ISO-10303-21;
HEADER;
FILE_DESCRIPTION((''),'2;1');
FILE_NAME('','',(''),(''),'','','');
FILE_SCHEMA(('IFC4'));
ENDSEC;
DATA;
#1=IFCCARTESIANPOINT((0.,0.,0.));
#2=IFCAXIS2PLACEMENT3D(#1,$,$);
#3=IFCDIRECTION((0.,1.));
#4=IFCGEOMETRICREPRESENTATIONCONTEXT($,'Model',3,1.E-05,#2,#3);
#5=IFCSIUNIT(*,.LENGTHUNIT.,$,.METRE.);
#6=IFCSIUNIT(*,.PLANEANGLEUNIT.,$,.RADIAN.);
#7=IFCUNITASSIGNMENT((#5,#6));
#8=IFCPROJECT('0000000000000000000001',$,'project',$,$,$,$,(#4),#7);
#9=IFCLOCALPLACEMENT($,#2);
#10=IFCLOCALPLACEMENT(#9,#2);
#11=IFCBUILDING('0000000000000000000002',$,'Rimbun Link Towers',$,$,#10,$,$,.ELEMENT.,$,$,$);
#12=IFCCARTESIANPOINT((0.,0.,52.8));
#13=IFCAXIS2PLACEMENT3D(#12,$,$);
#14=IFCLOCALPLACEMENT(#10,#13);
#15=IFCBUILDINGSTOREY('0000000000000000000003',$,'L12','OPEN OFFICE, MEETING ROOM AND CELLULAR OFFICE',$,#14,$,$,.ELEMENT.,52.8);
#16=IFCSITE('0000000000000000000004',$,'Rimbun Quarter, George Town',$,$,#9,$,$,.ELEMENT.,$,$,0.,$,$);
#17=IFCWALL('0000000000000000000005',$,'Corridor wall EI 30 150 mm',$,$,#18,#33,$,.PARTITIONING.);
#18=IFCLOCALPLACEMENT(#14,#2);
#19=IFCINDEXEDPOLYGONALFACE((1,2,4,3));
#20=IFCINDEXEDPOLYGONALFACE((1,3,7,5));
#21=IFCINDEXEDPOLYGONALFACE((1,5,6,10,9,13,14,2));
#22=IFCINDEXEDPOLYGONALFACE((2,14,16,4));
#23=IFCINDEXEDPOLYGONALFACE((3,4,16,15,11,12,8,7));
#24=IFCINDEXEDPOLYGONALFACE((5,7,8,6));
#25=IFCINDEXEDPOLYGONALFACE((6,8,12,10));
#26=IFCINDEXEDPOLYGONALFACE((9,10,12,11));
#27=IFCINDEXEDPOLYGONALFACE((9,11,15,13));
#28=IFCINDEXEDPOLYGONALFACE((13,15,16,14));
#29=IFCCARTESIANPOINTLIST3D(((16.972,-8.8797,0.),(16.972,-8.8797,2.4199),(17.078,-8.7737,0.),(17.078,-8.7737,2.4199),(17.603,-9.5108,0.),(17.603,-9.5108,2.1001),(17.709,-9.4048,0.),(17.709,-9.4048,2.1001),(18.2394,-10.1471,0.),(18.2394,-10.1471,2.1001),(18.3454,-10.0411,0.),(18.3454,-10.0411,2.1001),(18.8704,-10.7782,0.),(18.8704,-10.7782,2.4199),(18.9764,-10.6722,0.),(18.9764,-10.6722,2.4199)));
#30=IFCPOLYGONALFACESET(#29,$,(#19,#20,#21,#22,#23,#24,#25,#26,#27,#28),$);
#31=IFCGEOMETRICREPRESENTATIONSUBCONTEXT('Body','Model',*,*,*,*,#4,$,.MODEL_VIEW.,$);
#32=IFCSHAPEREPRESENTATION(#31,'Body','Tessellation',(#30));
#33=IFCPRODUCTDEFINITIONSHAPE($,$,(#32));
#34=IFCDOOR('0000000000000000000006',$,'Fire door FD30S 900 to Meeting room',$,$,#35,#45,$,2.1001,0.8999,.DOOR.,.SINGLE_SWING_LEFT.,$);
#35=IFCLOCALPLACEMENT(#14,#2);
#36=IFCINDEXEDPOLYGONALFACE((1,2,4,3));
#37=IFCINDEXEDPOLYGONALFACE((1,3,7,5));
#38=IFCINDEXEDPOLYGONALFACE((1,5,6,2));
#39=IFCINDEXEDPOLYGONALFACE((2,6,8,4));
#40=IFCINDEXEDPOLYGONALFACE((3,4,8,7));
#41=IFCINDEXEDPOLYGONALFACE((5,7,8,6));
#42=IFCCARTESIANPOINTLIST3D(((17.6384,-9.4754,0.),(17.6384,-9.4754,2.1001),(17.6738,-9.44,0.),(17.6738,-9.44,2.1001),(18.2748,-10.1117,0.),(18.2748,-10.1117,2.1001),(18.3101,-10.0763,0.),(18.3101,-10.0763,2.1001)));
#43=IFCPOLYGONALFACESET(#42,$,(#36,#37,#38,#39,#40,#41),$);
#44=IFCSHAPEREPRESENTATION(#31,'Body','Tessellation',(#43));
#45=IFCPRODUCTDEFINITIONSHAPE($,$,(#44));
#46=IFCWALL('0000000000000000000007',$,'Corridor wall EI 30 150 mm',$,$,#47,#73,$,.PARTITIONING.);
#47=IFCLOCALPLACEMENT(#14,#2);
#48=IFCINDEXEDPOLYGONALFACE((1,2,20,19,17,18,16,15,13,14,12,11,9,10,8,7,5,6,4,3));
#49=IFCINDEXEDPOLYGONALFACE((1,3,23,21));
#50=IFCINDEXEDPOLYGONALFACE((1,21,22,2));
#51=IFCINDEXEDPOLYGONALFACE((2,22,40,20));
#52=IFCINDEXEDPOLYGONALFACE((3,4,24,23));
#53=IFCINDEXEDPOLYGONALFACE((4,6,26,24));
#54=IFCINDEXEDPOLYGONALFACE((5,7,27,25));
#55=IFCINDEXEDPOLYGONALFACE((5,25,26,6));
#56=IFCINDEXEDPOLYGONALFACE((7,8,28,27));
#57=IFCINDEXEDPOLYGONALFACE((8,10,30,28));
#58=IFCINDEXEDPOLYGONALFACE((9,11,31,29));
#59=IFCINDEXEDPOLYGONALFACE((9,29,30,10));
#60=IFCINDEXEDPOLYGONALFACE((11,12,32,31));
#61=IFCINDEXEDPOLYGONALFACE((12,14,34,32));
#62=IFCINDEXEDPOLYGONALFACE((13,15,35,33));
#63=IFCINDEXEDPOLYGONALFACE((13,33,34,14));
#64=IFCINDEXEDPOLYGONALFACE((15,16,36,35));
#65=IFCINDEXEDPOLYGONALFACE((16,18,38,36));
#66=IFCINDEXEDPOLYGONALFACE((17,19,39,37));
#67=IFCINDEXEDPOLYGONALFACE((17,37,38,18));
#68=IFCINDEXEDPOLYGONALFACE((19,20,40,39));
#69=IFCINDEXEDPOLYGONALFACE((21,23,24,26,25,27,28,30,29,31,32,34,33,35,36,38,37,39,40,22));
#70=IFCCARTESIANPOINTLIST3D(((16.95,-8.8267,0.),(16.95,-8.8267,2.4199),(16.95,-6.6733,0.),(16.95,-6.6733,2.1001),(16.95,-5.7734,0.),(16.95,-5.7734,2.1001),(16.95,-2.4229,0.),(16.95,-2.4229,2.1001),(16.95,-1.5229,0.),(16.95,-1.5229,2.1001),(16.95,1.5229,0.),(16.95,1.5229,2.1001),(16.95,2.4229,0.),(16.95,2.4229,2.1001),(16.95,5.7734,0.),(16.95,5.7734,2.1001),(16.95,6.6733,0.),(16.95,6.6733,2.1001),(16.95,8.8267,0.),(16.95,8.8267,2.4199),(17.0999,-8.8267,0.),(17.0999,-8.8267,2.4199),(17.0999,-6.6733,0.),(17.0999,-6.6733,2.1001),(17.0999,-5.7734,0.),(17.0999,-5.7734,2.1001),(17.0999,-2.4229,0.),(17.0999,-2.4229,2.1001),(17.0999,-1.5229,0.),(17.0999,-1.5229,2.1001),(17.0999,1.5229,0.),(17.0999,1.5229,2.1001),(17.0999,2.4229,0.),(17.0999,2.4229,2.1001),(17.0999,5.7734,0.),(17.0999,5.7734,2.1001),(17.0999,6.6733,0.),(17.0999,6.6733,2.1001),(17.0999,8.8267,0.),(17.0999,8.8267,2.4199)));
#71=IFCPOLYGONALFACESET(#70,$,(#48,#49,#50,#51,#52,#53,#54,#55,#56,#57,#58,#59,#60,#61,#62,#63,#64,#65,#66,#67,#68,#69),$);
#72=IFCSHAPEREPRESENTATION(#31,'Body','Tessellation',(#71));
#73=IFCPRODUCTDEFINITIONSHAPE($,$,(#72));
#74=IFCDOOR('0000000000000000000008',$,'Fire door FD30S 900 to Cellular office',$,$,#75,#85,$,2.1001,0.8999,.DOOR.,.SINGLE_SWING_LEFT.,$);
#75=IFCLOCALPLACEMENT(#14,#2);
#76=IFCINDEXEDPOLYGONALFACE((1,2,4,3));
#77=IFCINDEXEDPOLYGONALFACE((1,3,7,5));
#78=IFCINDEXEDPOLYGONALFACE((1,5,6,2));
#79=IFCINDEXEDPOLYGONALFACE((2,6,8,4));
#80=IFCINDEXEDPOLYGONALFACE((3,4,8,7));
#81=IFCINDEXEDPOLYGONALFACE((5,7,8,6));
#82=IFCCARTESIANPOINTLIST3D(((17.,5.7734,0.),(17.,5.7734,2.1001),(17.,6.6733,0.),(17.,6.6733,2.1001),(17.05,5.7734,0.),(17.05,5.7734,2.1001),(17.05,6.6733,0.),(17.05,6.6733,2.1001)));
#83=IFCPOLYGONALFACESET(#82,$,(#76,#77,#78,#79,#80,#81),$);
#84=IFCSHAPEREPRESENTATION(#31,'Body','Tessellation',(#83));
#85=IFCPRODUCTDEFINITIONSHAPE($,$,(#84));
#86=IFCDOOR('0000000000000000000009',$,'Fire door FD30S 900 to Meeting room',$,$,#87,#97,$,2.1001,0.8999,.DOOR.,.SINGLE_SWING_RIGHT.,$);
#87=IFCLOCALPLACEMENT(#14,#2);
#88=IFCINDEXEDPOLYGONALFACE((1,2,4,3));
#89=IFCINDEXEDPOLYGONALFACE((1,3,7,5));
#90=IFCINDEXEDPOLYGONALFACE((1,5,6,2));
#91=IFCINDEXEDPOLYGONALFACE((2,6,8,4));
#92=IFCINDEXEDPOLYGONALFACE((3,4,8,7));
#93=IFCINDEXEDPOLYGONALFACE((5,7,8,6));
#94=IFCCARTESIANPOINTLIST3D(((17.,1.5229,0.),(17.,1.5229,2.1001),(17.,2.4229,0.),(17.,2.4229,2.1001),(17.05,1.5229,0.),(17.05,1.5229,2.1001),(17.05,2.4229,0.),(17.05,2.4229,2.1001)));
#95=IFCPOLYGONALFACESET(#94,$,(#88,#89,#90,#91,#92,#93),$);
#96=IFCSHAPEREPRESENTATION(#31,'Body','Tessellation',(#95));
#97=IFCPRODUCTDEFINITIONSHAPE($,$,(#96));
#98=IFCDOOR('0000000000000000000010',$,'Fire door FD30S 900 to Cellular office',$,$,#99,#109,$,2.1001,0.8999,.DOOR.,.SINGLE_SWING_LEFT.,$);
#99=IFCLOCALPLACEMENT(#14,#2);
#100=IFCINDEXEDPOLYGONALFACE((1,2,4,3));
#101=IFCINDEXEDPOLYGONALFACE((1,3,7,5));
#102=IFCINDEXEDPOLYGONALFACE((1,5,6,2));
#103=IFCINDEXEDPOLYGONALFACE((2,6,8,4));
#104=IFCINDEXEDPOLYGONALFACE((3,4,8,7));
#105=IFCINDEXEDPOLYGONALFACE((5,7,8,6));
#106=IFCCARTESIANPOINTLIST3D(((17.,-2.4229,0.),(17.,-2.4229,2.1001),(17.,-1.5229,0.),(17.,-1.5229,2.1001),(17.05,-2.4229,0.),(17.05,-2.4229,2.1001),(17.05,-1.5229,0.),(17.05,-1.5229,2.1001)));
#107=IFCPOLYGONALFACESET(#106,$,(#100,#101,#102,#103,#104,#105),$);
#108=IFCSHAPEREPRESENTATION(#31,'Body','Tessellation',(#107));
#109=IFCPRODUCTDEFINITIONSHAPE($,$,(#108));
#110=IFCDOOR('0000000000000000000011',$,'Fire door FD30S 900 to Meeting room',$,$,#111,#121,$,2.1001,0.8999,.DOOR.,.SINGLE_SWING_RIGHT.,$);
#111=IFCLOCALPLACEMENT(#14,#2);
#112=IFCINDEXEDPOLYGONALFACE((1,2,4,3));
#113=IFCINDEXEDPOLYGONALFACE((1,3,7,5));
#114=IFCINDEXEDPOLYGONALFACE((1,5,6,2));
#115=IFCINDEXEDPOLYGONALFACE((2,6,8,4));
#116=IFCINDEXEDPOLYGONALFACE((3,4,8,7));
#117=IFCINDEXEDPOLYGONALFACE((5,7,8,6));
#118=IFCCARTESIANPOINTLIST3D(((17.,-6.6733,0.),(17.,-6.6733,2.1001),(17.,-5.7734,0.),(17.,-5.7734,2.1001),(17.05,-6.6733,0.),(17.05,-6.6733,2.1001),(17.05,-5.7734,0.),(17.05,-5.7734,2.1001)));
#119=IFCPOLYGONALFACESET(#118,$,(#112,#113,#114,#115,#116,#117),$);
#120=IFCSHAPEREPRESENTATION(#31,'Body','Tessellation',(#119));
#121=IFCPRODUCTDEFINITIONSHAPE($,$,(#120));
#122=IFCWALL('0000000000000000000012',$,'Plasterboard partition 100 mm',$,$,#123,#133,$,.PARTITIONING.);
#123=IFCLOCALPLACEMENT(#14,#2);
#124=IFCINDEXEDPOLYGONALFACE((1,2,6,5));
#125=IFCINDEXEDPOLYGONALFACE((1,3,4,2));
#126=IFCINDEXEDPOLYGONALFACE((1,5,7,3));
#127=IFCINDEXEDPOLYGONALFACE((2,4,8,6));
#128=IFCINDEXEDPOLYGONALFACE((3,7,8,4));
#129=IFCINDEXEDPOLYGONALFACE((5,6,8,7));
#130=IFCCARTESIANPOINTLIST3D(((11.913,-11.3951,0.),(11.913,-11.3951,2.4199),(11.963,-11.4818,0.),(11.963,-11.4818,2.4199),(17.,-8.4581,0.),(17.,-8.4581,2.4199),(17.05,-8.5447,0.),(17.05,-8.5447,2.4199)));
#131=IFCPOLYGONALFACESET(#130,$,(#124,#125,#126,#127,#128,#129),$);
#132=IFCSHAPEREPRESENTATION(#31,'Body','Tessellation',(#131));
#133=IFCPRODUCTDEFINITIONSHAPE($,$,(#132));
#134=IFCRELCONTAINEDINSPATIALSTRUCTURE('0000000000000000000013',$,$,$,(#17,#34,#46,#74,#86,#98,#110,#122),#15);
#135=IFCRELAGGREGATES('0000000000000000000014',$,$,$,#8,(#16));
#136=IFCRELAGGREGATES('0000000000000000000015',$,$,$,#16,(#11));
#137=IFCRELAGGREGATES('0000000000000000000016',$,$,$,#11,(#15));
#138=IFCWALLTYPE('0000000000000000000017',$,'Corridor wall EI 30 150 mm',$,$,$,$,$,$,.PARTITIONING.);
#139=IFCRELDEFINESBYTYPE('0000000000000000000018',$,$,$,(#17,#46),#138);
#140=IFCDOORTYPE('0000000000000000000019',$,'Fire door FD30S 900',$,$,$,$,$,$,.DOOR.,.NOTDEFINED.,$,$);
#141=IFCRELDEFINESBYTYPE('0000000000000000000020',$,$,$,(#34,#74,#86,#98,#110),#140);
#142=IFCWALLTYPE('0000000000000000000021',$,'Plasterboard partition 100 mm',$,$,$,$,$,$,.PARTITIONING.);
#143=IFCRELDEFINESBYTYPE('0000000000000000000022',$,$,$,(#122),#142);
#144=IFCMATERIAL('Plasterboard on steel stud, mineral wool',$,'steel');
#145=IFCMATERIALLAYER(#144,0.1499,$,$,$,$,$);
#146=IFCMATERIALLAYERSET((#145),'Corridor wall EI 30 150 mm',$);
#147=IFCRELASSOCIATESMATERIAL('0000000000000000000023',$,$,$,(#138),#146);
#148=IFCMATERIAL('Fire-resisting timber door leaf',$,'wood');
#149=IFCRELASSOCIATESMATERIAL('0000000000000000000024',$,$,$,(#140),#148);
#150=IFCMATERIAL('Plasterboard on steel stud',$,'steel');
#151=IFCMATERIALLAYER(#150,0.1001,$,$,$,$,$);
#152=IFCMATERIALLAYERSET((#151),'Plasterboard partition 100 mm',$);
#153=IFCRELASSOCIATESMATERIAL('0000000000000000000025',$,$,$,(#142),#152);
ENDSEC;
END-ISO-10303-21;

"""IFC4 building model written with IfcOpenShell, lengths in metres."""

from ifc_helpers import new_model, si_unit, direction, frame, frame_2d, origin, place, context, subcontext, project, spatial, rectangle, extrude, material, layer, layer_set, type_object, element, fill, save


model = new_model("IFC4")

# Units and contexts
model_context = context("Model", 3, precision=1e-05, world=origin(), true_north=direction((0.0, 1.0)))
body_context = subcontext(model_context, "Body", "Model", "MODEL_VIEW")
ifc_project = project(units=[si_unit("LENGTHUNIT", "METRE"), si_unit("PLANEANGLEUNIT", "RADIAN")], contexts=[model_context])

# Site, building, storey
site_placement = place(None, origin())
site = spatial("IfcSite", under=ifc_project, at=site_placement, Name="Rimbun Quarter, George Town", CompositionType="ELEMENT", RefElevation=0.0)
building_placement = place(site_placement, origin())
building = spatial("IfcBuilding", under=site, at=building_placement, Name="Rimbun Link Towers", CompositionType="ELEMENT")
storey_placement = place(building_placement, frame((0.0, 0.0, 52.8)))
storey = spatial("IfcBuildingStorey", under=building, at=storey_placement, Name="L12", Description="OPEN OFFICE, MEETING ROOM AND CELLULAR OFFICE", CompositionType="ELEMENT", Elevation=52.8)

# Wall, opening, door
ifc_material_1 = material(Name="Plasterboard on steel stud, mineral wool", Category="steel")
ifc_layer_1 = layer(ifc_material_1, 0.1499)
ifc_layer_set_1 = layer_set([ifc_layer_1], Name="Corridor wall EI 30 150 mm")
wall_type_1 = type_object("IfcWallType", Name="Corridor wall EI 30 150 mm", PredefinedType="PARTITIONING", material=ifc_layer_set_1)
wall_1_placement = place(storey_placement, frame((18.9233, -10.7251, 0.0), z_axis=(0.0, 0.0, 1.0), x_axis=(-0.707107, 0.707107, 0.0)))
wall_1 = element("IfcWall", 1, at=wall_1_placement, inside=storey, type_object=wall_type_1, Name="Corridor wall EI 30 150 mm", PredefinedType="PARTITIONING", context=body_context, shape_type="SweptSolid", body=[
    extrude(rectangle(XDim=2.6848, YDim=0.1499, at=frame_2d((1.3423, 0.0))), origin(), (0.0, 0.0, 1.0), 2.4199),
])
opening_1_placement = place(wall_1_placement, frame((0.8923, 0.0, 0.0)))
opening_1 = element("IfcOpeningElement", 2, at=opening_1_placement, cuts=wall_1, PredefinedType="OPENING", context=body_context, shape_type="SweptSolid", body=[
    extrude(rectangle(XDim=0.8999, YDim=2.1001, at=frame_2d((0.45, 1.05))), frame((0.0, 0.085, 0.0), z_axis=(0.0, -1.0, 0.0), x_axis=(1.0, 0.0, 0.0)), (0.0, 0.0, 1.0), 0.1699),
])
ifc_material_2 = material(Name="Fire-resisting timber door leaf", Category="wood")
door_type_1 = type_object("IfcDoorType", Name="Fire door FD30S 900", OperationType="NOTDEFINED", PredefinedType="DOOR", material=ifc_material_2)
door_1_placement = place(opening_1_placement, origin())
door_1 = element("IfcDoor", 3, at=door_1_placement, inside=storey, type_object=door_type_1, Name="Fire door FD30S 900 to Meeting room", OperationType="SINGLE_SWING_LEFT", OverallHeight=2.1001, OverallWidth=0.8999, PredefinedType="DOOR", context=body_context, shape_type="SweptSolid", body=[
    extrude(rectangle(XDim=0.8999, YDim=2.1001, at=frame_2d((0.45, 1.05))), frame((0.0, 0.0249, 0.0), z_axis=(0.0, -1.0, 0.0), x_axis=(1.0, 0.0, 0.0)), (0.0, 0.0, 1.0), 0.05),
])
fill(opening_1, door_1)

# Wall, openings, doors
wall_2_placement = place(storey_placement, frame((17.0249, -8.8267, 0.0), z_axis=(0.0, 0.0, 1.0), x_axis=(0.0, 1.0, 0.0)))
wall_2 = element("IfcWall", 4, at=wall_2_placement, inside=storey, type_object=wall_type_1, Name="Corridor wall EI 30 150 mm", PredefinedType="PARTITIONING", context=body_context, shape_type="SweptSolid", body=[
    extrude(rectangle(XDim=17.6533, YDim=0.1499, at=frame_2d((8.8267, 0.0))), origin(), (0.0, 0.0, 1.0), 2.4199),
])
opening_2_placement = place(wall_2_placement, frame((14.6001, 0.0, 0.0)))
opening_2 = element("IfcOpeningElement", 5, at=opening_2_placement, cuts=wall_2, PredefinedType="OPENING", context=body_context, shape_type="SweptSolid", body=[
    extrude(rectangle(XDim=0.8999, YDim=2.1001, at=frame_2d((0.45, 1.05))), frame((0.0, 0.085, 0.0), z_axis=(0.0, -1.0, 0.0), x_axis=(1.0, 0.0, 0.0)), (0.0, 0.0, 1.0), 0.1699),
])
opening_3_placement = place(wall_2_placement, frame((10.3496, 0.0, 0.0)))
opening_3 = element("IfcOpeningElement", 6, at=opening_3_placement, cuts=wall_2, PredefinedType="OPENING", context=body_context, shape_type="SweptSolid", body=[
    extrude(rectangle(XDim=0.8999, YDim=2.1001, at=frame_2d((0.45, 1.05))), frame((0.0, 0.085, 0.0), z_axis=(0.0, -1.0, 0.0), x_axis=(1.0, 0.0, 0.0)), (0.0, 0.0, 1.0), 0.1699),
])
opening_4_placement = place(wall_2_placement, frame((6.4038, 0.0, 0.0)))
opening_4 = element("IfcOpeningElement", 7, at=opening_4_placement, cuts=wall_2, PredefinedType="OPENING", context=body_context, shape_type="SweptSolid", body=[
    extrude(rectangle(XDim=0.8999, YDim=2.1001, at=frame_2d((0.45, 1.05))), frame((0.0, 0.085, 0.0), z_axis=(0.0, -1.0, 0.0), x_axis=(1.0, 0.0, 0.0)), (0.0, 0.0, 1.0), 0.1699),
])
opening_5_placement = place(wall_2_placement, frame((2.1533, 0.0, 0.0)))
opening_5 = element("IfcOpeningElement", 8, at=opening_5_placement, cuts=wall_2, PredefinedType="OPENING", context=body_context, shape_type="SweptSolid", body=[
    extrude(rectangle(XDim=0.8999, YDim=2.1001, at=frame_2d((0.45, 1.05))), frame((0.0, 0.085, 0.0), z_axis=(0.0, -1.0, 0.0), x_axis=(1.0, 0.0, 0.0)), (0.0, 0.0, 1.0), 0.1699),
])
door_2_placement = place(opening_2_placement, origin())
door_2 = element("IfcDoor", 9, at=door_2_placement, inside=storey, type_object=door_type_1, Name="Fire door FD30S 900 to Cellular office", OperationType="SINGLE_SWING_LEFT", OverallHeight=2.1001, OverallWidth=0.8999, PredefinedType="DOOR", context=body_context, shape_type="SweptSolid", body=[
    extrude(rectangle(XDim=0.8999, YDim=2.1001, at=frame_2d((0.45, 1.05))), frame((0.0, 0.0249, 0.0), z_axis=(0.0, -1.0, 0.0), x_axis=(1.0, 0.0, 0.0)), (0.0, 0.0, 1.0), 0.05),
])
fill(opening_2, door_2)
door_3_placement = place(opening_3_placement, origin())
door_3 = element("IfcDoor", 10, at=door_3_placement, inside=storey, type_object=door_type_1, Name="Fire door FD30S 900 to Meeting room", OperationType="SINGLE_SWING_RIGHT", OverallHeight=2.1001, OverallWidth=0.8999, PredefinedType="DOOR", context=body_context, shape_type="SweptSolid", body=[
    extrude(rectangle(XDim=0.8999, YDim=2.1001, at=frame_2d((0.45, 1.05))), frame((0.0, 0.0249, 0.0), z_axis=(0.0, -1.0, 0.0), x_axis=(1.0, 0.0, 0.0)), (0.0, 0.0, 1.0), 0.05),
])
fill(opening_3, door_3)
door_4_placement = place(opening_4_placement, origin())
door_4 = element("IfcDoor", 11, at=door_4_placement, inside=storey, type_object=door_type_1, Name="Fire door FD30S 900 to Cellular office", OperationType="SINGLE_SWING_LEFT", OverallHeight=2.1001, OverallWidth=0.8999, PredefinedType="DOOR", context=body_context, shape_type="SweptSolid", body=[
    extrude(rectangle(XDim=0.8999, YDim=2.1001, at=frame_2d((0.45, 1.05))), frame((0.0, 0.0249, 0.0), z_axis=(0.0, -1.0, 0.0), x_axis=(1.0, 0.0, 0.0)), (0.0, 0.0, 1.0), 0.05),
])
fill(opening_4, door_4)
door_5_placement = place(opening_5_placement, origin())
door_5 = element("IfcDoor", 12, at=door_5_placement, inside=storey, type_object=door_type_1, Name="Fire door FD30S 900 to Meeting room", OperationType="SINGLE_SWING_RIGHT", OverallHeight=2.1001, OverallWidth=0.8999, PredefinedType="DOOR", context=body_context, shape_type="SweptSolid", body=[
    extrude(rectangle(XDim=0.8999, YDim=2.1001, at=frame_2d((0.45, 1.05))), frame((0.0, 0.0249, 0.0), z_axis=(0.0, -1.0, 0.0), x_axis=(1.0, 0.0, 0.0)), (0.0, 0.0, 1.0), 0.05),
])
fill(opening_5, door_5)

# Wall
ifc_material_3 = material(Name="Plasterboard on steel stud", Category="steel")
ifc_layer_2 = layer(ifc_material_3, 0.1001)
ifc_layer_set_2 = layer_set([ifc_layer_2], Name="Plasterboard partition 100 mm")
wall_type_2 = type_object("IfcWallType", Name="Plasterboard partition 100 mm", PredefinedType="PARTITIONING", material=ifc_layer_set_2)
wall_3_placement = place(storey_placement, frame((11.938, -11.4385, 0.0), z_axis=(0.0, 0.0, 1.0), x_axis=(0.866019, 0.50001, 0.0)))
element("IfcWall", 13, at=wall_3_placement, inside=storey, type_object=wall_type_2, Name="Plasterboard partition 100 mm", PredefinedType="PARTITIONING", context=body_context, shape_type="SweptSolid", body=[
    extrude(rectangle(XDim=5.874, YDim=0.1001, at=frame_2d((2.937, 0.0))), origin(), (0.0, 0.0, 1.0), 2.4199),
])

save(model, "model.ifc")
